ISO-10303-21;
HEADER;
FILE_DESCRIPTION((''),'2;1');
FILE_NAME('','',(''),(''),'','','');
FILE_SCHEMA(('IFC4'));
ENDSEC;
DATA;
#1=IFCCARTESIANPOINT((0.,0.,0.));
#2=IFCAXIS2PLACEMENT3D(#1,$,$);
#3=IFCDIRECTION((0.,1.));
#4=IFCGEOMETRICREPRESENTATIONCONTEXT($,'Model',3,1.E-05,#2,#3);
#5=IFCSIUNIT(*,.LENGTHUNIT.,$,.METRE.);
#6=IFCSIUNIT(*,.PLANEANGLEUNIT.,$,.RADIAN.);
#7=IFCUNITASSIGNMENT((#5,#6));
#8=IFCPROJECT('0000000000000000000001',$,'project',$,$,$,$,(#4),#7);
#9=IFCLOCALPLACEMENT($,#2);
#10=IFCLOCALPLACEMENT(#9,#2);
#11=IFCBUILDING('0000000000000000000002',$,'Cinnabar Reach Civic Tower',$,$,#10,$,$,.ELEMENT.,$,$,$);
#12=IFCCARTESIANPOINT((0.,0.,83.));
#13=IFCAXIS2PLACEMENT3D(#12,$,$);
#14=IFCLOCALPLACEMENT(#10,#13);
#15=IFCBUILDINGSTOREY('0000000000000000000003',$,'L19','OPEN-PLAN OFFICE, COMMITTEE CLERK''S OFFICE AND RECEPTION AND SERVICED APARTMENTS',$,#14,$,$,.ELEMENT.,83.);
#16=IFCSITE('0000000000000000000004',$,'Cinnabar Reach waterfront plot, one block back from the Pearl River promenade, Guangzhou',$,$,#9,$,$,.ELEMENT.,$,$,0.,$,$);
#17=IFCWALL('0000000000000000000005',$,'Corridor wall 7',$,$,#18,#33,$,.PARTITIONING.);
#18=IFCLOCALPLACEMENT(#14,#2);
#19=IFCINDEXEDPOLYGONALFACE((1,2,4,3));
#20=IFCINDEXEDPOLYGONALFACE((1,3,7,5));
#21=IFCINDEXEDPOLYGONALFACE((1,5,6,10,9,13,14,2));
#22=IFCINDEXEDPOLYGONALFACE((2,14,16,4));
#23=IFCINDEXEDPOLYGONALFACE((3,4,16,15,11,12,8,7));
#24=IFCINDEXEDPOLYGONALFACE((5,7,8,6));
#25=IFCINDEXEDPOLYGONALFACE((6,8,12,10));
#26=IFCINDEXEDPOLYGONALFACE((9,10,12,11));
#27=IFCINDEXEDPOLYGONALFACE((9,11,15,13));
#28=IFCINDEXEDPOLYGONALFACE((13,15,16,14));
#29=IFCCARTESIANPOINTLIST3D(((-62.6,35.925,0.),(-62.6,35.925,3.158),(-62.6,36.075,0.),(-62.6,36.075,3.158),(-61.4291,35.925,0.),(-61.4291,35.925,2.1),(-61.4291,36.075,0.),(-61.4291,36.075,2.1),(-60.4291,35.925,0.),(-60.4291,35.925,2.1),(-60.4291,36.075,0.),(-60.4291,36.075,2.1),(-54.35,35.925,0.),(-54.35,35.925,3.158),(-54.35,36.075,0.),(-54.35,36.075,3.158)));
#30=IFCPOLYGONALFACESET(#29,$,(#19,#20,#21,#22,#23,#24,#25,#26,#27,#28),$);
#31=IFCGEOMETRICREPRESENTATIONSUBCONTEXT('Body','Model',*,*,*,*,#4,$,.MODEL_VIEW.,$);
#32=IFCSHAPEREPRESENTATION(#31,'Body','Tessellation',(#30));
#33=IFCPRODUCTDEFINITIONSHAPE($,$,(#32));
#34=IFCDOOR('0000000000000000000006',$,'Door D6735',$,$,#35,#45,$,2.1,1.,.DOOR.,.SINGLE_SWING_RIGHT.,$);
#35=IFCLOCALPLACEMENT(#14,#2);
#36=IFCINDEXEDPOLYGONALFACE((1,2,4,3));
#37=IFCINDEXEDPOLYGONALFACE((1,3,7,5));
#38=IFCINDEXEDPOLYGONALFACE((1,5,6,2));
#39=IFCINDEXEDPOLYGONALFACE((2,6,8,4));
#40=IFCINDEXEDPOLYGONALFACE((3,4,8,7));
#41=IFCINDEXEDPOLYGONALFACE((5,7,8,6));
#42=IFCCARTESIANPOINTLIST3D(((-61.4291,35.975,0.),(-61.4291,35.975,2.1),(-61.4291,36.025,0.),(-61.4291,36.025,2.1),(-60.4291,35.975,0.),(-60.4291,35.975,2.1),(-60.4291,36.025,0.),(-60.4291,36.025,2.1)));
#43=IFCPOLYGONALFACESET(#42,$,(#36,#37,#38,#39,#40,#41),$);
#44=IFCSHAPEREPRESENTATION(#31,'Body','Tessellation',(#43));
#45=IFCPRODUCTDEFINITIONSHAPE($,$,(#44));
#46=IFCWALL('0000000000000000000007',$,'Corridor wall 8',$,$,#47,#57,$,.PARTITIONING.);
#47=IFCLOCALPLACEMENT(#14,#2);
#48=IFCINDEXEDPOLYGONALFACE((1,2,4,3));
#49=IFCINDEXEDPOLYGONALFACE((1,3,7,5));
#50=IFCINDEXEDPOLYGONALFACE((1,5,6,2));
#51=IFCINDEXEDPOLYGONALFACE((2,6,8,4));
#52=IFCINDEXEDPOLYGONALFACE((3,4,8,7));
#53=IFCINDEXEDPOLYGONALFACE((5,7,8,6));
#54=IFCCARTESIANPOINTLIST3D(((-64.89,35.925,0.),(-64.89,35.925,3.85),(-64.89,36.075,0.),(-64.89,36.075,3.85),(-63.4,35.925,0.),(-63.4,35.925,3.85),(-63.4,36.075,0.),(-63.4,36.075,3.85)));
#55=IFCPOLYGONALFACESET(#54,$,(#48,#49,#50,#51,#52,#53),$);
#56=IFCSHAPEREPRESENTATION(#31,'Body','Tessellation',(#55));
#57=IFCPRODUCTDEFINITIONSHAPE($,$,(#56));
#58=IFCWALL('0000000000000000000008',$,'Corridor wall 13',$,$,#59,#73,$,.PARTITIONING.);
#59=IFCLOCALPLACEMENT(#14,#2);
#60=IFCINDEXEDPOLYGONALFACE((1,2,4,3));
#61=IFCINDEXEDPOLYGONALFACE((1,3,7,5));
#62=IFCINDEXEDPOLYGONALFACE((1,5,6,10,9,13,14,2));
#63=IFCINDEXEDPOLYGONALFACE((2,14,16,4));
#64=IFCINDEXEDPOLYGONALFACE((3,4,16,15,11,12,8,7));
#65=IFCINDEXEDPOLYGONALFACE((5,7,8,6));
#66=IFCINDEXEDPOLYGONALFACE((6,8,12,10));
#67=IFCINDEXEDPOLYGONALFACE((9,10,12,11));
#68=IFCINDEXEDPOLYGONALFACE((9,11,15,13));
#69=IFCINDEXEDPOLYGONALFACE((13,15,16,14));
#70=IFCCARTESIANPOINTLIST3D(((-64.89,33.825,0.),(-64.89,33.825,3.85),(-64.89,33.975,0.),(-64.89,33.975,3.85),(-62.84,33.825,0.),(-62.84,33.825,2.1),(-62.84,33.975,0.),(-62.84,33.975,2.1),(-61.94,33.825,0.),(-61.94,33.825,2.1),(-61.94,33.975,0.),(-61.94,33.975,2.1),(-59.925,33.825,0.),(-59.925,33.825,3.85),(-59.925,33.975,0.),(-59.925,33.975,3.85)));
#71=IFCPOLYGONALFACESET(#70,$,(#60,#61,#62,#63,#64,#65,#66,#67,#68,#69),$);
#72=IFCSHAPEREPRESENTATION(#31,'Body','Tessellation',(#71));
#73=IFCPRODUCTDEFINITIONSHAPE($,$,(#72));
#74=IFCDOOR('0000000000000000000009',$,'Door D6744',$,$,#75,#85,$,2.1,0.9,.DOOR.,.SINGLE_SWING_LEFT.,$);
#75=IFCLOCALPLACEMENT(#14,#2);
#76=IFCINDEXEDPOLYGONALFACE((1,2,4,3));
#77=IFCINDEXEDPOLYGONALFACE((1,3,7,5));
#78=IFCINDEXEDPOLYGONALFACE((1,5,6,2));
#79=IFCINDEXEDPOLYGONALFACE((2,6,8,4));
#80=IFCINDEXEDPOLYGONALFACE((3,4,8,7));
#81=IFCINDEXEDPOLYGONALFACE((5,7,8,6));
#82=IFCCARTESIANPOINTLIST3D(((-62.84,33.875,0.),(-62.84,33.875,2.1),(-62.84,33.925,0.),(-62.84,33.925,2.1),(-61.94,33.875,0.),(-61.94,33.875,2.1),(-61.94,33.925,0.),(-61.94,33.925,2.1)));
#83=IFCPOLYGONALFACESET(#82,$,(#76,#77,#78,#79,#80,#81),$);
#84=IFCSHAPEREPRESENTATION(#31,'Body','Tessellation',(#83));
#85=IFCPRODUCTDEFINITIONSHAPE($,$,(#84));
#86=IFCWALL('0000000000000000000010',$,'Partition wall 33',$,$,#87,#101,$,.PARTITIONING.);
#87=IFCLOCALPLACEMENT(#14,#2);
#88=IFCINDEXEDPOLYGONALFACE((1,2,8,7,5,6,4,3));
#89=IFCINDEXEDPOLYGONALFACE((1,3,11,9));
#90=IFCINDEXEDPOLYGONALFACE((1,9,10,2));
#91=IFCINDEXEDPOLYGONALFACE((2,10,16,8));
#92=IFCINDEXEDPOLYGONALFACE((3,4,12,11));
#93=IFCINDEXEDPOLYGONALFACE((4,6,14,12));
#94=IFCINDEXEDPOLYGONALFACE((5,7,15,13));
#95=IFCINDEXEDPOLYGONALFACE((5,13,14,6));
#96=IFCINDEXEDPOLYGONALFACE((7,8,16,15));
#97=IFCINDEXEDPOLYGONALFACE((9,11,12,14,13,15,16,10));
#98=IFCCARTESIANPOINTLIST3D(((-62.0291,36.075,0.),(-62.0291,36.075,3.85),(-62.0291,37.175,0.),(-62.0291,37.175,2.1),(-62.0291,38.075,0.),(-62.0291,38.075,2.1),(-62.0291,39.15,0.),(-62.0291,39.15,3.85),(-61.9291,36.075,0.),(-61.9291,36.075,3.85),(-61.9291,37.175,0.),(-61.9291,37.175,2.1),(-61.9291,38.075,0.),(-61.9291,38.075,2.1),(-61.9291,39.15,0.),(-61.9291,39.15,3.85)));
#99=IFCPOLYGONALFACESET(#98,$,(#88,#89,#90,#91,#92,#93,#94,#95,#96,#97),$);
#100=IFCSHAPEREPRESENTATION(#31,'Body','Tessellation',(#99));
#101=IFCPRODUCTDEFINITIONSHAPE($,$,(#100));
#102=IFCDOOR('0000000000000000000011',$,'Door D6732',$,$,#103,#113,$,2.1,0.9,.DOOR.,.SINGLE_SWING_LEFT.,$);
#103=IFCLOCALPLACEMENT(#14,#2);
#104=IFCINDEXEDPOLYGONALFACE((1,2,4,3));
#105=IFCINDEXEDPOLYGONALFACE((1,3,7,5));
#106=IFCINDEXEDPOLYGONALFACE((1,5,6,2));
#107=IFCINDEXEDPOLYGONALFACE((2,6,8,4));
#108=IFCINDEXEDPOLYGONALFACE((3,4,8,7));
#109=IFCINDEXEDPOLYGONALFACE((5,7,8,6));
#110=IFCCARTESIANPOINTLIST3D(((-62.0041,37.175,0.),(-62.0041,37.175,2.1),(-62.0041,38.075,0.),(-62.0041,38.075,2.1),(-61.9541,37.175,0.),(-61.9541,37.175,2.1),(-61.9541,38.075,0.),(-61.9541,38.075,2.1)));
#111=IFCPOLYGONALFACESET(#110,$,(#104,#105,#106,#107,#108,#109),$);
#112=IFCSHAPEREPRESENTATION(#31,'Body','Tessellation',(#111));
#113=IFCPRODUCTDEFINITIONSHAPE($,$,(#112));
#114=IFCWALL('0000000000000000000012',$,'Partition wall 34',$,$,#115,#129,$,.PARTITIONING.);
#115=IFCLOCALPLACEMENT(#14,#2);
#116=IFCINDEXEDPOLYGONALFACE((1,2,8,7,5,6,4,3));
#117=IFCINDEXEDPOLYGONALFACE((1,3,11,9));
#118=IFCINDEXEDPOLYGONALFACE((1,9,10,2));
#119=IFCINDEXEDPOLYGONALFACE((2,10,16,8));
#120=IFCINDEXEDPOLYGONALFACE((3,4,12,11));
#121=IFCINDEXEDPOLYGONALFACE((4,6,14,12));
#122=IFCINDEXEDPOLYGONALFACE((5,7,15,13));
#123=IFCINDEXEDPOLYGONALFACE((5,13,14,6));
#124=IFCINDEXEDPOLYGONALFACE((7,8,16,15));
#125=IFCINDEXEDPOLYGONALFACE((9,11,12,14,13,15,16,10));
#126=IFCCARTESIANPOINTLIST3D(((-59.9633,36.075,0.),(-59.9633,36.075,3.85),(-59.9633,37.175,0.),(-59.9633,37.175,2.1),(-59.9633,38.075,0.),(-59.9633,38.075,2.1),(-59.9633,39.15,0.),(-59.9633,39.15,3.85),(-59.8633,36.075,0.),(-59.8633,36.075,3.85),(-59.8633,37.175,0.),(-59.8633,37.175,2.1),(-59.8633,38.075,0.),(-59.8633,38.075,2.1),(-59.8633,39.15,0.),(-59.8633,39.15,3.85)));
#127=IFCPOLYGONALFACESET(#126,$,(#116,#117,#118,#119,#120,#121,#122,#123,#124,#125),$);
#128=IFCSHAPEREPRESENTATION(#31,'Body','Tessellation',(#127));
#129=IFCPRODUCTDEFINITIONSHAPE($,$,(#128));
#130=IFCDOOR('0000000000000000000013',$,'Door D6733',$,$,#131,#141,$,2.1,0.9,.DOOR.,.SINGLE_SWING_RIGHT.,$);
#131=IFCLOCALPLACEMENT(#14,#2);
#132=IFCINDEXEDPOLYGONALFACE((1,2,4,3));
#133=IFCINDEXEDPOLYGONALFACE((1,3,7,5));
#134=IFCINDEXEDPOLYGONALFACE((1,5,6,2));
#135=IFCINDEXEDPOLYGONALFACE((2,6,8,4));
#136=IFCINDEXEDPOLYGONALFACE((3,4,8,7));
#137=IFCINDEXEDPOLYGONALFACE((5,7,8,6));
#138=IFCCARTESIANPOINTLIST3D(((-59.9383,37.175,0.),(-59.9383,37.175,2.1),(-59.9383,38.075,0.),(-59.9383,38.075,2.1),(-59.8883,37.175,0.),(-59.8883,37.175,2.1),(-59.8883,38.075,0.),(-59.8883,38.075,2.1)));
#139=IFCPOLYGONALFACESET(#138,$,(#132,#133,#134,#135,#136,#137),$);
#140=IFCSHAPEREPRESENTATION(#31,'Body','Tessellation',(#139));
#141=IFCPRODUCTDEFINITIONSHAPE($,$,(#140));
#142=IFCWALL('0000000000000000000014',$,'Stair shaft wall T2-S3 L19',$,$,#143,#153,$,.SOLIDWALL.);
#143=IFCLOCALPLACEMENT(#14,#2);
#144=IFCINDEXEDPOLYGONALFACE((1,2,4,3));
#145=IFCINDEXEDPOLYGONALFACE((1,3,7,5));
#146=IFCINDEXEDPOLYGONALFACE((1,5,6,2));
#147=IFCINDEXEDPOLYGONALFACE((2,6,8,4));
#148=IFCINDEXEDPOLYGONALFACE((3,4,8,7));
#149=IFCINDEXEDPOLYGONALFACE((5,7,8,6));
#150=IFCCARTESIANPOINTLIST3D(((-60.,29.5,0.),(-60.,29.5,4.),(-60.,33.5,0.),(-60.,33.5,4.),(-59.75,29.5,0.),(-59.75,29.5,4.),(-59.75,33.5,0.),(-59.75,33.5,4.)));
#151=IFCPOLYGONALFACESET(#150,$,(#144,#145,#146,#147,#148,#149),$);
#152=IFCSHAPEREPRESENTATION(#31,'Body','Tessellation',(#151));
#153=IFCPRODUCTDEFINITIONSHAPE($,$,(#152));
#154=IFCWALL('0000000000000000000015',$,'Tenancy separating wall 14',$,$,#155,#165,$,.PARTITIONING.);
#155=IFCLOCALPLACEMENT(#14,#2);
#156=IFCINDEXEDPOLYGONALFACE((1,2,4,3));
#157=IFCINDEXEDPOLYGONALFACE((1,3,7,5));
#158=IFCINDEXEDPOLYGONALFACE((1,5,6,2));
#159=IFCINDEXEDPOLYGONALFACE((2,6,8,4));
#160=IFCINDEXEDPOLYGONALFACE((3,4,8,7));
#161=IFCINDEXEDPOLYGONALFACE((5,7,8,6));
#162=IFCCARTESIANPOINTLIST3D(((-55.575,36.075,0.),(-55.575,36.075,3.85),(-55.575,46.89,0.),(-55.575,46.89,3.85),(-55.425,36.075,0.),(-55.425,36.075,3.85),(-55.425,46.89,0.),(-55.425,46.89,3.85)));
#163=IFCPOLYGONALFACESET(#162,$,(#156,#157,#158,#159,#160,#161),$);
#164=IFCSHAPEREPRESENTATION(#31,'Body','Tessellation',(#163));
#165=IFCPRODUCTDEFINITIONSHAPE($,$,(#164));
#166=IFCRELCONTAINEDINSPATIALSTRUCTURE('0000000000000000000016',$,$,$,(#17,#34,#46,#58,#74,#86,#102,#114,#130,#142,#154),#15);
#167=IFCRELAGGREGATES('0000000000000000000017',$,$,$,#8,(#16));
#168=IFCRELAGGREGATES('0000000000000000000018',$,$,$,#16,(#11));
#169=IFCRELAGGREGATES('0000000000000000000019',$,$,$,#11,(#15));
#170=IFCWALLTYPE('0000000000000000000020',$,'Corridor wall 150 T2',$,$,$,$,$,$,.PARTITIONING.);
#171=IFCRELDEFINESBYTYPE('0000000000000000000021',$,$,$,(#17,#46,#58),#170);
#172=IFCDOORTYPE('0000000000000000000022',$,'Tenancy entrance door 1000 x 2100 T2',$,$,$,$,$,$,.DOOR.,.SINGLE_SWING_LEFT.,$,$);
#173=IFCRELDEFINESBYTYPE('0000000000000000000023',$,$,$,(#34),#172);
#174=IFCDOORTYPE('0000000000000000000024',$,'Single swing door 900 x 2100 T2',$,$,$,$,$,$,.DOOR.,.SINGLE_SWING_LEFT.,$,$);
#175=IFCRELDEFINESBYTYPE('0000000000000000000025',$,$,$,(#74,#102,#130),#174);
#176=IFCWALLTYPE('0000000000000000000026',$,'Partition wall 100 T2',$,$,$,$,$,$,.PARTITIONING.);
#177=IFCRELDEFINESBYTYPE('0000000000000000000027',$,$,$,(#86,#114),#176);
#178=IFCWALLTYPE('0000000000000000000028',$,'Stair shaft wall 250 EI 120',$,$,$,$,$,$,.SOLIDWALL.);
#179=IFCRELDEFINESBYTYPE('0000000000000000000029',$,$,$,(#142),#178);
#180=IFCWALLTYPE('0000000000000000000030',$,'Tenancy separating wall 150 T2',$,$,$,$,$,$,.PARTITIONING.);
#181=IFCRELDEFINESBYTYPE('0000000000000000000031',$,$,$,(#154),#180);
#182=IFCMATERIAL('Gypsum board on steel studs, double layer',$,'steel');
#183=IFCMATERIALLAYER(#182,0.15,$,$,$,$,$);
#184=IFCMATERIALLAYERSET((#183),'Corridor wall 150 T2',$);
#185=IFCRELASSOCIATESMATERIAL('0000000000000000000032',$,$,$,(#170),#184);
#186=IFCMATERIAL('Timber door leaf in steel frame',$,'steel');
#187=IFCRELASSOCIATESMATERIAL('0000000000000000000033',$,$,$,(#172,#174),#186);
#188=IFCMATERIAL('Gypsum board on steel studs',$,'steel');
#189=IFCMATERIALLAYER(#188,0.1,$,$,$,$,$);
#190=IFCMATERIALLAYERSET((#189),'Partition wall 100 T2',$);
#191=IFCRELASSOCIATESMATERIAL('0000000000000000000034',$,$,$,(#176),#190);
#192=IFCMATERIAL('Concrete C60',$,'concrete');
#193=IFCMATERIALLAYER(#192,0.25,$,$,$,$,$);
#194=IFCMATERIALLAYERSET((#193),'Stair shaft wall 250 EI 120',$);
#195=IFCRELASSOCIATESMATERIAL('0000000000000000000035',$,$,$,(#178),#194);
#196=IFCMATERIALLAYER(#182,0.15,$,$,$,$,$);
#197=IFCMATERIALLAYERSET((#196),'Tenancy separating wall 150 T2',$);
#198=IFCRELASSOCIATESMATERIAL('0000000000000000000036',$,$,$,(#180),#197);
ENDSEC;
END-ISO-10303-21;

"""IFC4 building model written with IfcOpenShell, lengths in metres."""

from ifc_helpers import new_model, si_unit, direction, frame, frame_2d, origin, place, context, subcontext, project, spatial, rectangle, extrude, material, layer, layer_set, type_object, element, fill, save


model = new_model("IFC4")

# Units and contexts
model_context = context("Model", 3, precision=1e-05, world=origin(), true_north=direction((0.0, 1.0)))
body_context = subcontext(model_context, "Body", "Model", "MODEL_VIEW")
ifc_project = project(units=[si_unit("LENGTHUNIT", "METRE"), si_unit("PLANEANGLEUNIT", "RADIAN")], contexts=[model_context])

# Site, building, storey
site_placement = place(None, origin())
site = spatial("IfcSite", under=ifc_project, at=site_placement, Name="Cinnabar Reach waterfront plot, one block back from the Pearl River promenade, Guangzhou", CompositionType="ELEMENT", RefElevation=0.0)
building_placement = place(site_placement, origin())
building = spatial("IfcBuilding", under=site, at=building_placement, Name="Cinnabar Reach Civic Tower", CompositionType="ELEMENT")
storey_placement = place(building_placement, frame((0.0, 0.0, 83.0)))
storey = spatial("IfcBuildingStorey", under=building, at=storey_placement, Name="L19", Description="OPEN-PLAN OFFICE, COMMITTEE CLERK'S OFFICE AND RECEPTION AND SERVICED APARTMENTS", CompositionType="ELEMENT", Elevation=83.0)

# Shared definitions
ifc_material_1 = material(Name="Concrete C60", Category="concrete")

# Wall, opening, door
ifc_material_2 = material(Name="Gypsum board on steel studs, double layer", Category="steel")
ifc_layer_1 = layer(ifc_material_2, 0.15)
ifc_layer_set_1 = layer_set([ifc_layer_1], Name="Corridor wall 150 T2")
wall_type_1 = type_object("IfcWallType", Name="Corridor wall 150 T2", PredefinedType="PARTITIONING", material=ifc_layer_set_1)
wall_1_placement = place(storey_placement, frame((-62.6, 36.0, 0.0), z_axis=(0.0, 0.0, 1.0), x_axis=(1.0, 0.0, 0.0)))
wall_1 = element("IfcWall", 1, at=wall_1_placement, inside=storey, type_object=wall_type_1, Name="Corridor wall 7", PredefinedType="PARTITIONING", context=body_context, shape_type="SweptSolid", body=[
    extrude(rectangle(XDim=8.25, YDim=0.15, at=frame_2d((4.125, 0.0))), origin(), (0.0, 0.0, 1.0), 3.158),
])
opening_1_placement = place(wall_1_placement, frame((1.1709, 0.0, 0.0)))
opening_1 = element("IfcOpeningElement", 2, at=opening_1_placement, cuts=wall_1, PredefinedType="OPENING", context=body_context, shape_type="SweptSolid", body=[
    extrude(rectangle(XDim=1.0, YDim=2.1, at=frame_2d((0.5, 1.05))), frame((0.0, 0.085, 0.0), z_axis=(0.0, -1.0, 0.0), x_axis=(1.0, 0.0, 0.0)), (0.0, 0.0, 1.0), 0.17),
])
ifc_material_3 = material(Name="Timber door leaf in steel frame", Category="steel")
door_type_1 = type_object("IfcDoorType", Name="Tenancy entrance door 1000 x 2100 T2", OperationType="SINGLE_SWING_LEFT", PredefinedType="DOOR", material=ifc_material_3)
door_1_placement = place(opening_1_placement, origin())
door_1 = element("IfcDoor", 3, at=door_1_placement, inside=storey, type_object=door_type_1, Name="Door D6735", OperationType="SINGLE_SWING_RIGHT", OverallHeight=2.1, OverallWidth=1.0, PredefinedType="DOOR", context=body_context, shape_type="SweptSolid", body=[
    extrude(rectangle(XDim=1.0, YDim=2.1, at=frame_2d((0.5, 1.05))), frame((0.0, 0.025, 0.0), z_axis=(0.0, -1.0, 0.0), x_axis=(1.0, 0.0, 0.0)), (0.0, 0.0, 1.0), 0.05),
])
fill(opening_1, door_1)

# Wall
wall_2_placement = place(storey_placement, frame((-64.89, 36.0, 0.0), z_axis=(0.0, 0.0, 1.0), x_axis=(1.0, 0.0, 0.0)))
element("IfcWall", 4, at=wall_2_placement, inside=storey, type_object=wall_type_1, Name="Corridor wall 8", PredefinedType="PARTITIONING", context=body_context, shape_type="SweptSolid", body=[
    extrude(rectangle(XDim=1.49, YDim=0.15, at=frame_2d((0.745, 0.0))), origin(), (0.0, 0.0, 1.0), 3.85),
])

# Walls, openings, doors
wall_3_placement = place(storey_placement, frame((-64.89, 33.9, 0.0), z_axis=(0.0, 0.0, 1.0), x_axis=(1.0, 0.0, 0.0)))
wall_3 = element("IfcWall", 5, at=wall_3_placement, inside=storey, type_object=wall_type_1, Name="Corridor wall 13", PredefinedType="PARTITIONING", context=body_context, shape_type="SweptSolid", body=[
    extrude(rectangle(XDim=4.965, YDim=0.15, at=frame_2d((2.4825, 0.0))), origin(), (0.0, 0.0, 1.0), 3.85),
])
opening_2_placement = place(wall_3_placement, frame((2.05, 0.0, 0.0)))
opening_2 = element("IfcOpeningElement", 6, at=opening_2_placement, cuts=wall_3, PredefinedType="OPENING", context=body_context, shape_type="SweptSolid", body=[
    extrude(rectangle(XDim=0.9, YDim=2.1, at=frame_2d((0.45, 1.05))), frame((0.0, 0.085, 0.0), z_axis=(0.0, -1.0, 0.0), x_axis=(1.0, 0.0, 0.0)), (0.0, 0.0, 1.0), 0.17),
])
door_type_2 = type_object("IfcDoorType", Name="Single swing door 900 x 2100 T2", OperationType="SINGLE_SWING_LEFT", PredefinedType="DOOR", material=ifc_material_3)
door_2_placement = place(opening_2_placement, frame((0.9, 0.0, 0.0), z_axis=(0.0, 0.0, 1.0), x_axis=(-1.0, 0.0, 0.0)))
door_2 = element("IfcDoor", 7, at=door_2_placement, inside=storey, type_object=door_type_2, Name="Door D6744", OperationType="SINGLE_SWING_LEFT", OverallHeight=2.1, OverallWidth=0.9, PredefinedType="DOOR", context=body_context, shape_type="SweptSolid", body=[
    extrude(rectangle(XDim=0.9, YDim=2.1, at=frame_2d((0.45, 1.05))), frame((0.0, 0.025, 0.0), z_axis=(0.0, -1.0, 0.0), x_axis=(1.0, 0.0, 0.0)), (0.0, 0.0, 1.0), 0.05),
])
fill(opening_2, door_2)
ifc_material_4 = material(Name="Gypsum board on steel studs", Category="steel")
ifc_layer_2 = layer(ifc_material_4, 0.1)
ifc_layer_set_2 = layer_set([ifc_layer_2], Name="Partition wall 100 T2")
wall_type_2 = type_object("IfcWallType", Name="Partition wall 100 T2", PredefinedType="PARTITIONING", material=ifc_layer_set_2)
wall_4_placement = place(storey_placement, frame((-61.9791, 36.075, 0.0), z_axis=(0.0, 0.0, 1.0), x_axis=(0.0, 1.0, 0.0)))
wall_4 = element("IfcWall", 8, at=wall_4_placement, inside=storey, type_object=wall_type_2, Name="Partition wall 33", PredefinedType="PARTITIONING", context=body_context, shape_type="SweptSolid", body=[
    extrude(rectangle(XDim=3.075, YDim=0.1, at=frame_2d((1.5375, 0.0))), origin(), (0.0, 0.0, 1.0), 3.85),
])
opening_3_placement = place(wall_4_placement, frame((1.1, 0.0, 0.0)))
opening_3 = element("IfcOpeningElement", 9, at=opening_3_placement, cuts=wall_4, PredefinedType="OPENING", context=body_context, shape_type="SweptSolid", body=[
    extrude(rectangle(XDim=0.9, YDim=2.1, at=frame_2d((0.45, 1.05))), frame((0.0, 0.06, 0.0), z_axis=(0.0, -1.0, 0.0), x_axis=(1.0, 0.0, 0.0)), (0.0, 0.0, 1.0), 0.12),
])
door_3_placement = place(opening_3_placement, origin())
door_3 = element("IfcDoor", 10, at=door_3_placement, inside=storey, type_object=door_type_2, Name="Door D6732", OperationType="SINGLE_SWING_LEFT", OverallHeight=2.1, OverallWidth=0.9, PredefinedType="DOOR", context=body_context, shape_type="SweptSolid", body=[
    extrude(rectangle(XDim=0.9, YDim=2.1, at=frame_2d((0.45, 1.05))), frame((0.0, 0.025, 0.0), z_axis=(0.0, -1.0, 0.0), x_axis=(1.0, 0.0, 0.0)), (0.0, 0.0, 1.0), 0.05),
])
fill(opening_3, door_3)
wall_5_placement = place(storey_placement, frame((-59.9133, 36.075, 0.0), z_axis=(0.0, 0.0, 1.0), x_axis=(0.0, 1.0, 0.0)))
wall_5 = element("IfcWall", 11, at=wall_5_placement, inside=storey, type_object=wall_type_2, Name="Partition wall 34", PredefinedType="PARTITIONING", context=body_context, shape_type="SweptSolid", body=[
    extrude(rectangle(XDim=3.075, YDim=0.1, at=frame_2d((1.5375, 0.0))), origin(), (0.0, 0.0, 1.0), 3.85),
])
opening_4_placement = place(wall_5_placement, frame((1.1, 0.0, 0.0)))
opening_4 = element("IfcOpeningElement", 12, at=opening_4_placement, cuts=wall_5, PredefinedType="OPENING", context=body_context, shape_type="SweptSolid", body=[
    extrude(rectangle(XDim=0.9, YDim=2.1, at=frame_2d((0.45, 1.05))), frame((0.0, 0.06, 0.0), z_axis=(0.0, -1.0, 0.0), x_axis=(1.0, 0.0, 0.0)), (0.0, 0.0, 1.0), 0.12),
])
door_4_placement = place(opening_4_placement, origin())
door_4 = element("IfcDoor", 13, at=door_4_placement, inside=storey, type_object=door_type_2, Name="Door D6733", OperationType="SINGLE_SWING_RIGHT", OverallHeight=2.1, OverallWidth=0.9, PredefinedType="DOOR", context=body_context, shape_type="SweptSolid", body=[
    extrude(rectangle(XDim=0.9, YDim=2.1, at=frame_2d((0.45, 1.05))), frame((0.0, 0.025, 0.0), z_axis=(0.0, -1.0, 0.0), x_axis=(1.0, 0.0, 0.0)), (0.0, 0.0, 1.0), 0.05),
])
fill(opening_4, door_4)

# Walls
ifc_layer_3 = layer(ifc_material_1, 0.25)
ifc_layer_set_3 = layer_set([ifc_layer_3], Name="Stair shaft wall 250 EI 120")
wall_type_3 = type_object("IfcWallType", Name="Stair shaft wall 250 EI 120", PredefinedType="SOLIDWALL", material=ifc_layer_set_3)
wall_6_placement = place(storey_placement, frame((-59.875, 33.5, 0.0), z_axis=(0.0, 0.0, 1.0), x_axis=(0.0, -1.0, 0.0)))
element("IfcWall", 14, at=wall_6_placement, inside=storey, type_object=wall_type_3, Name="Stair shaft wall T2-S3 L19", PredefinedType="SOLIDWALL", context=body_context, shape_type="SweptSolid", body=[
    extrude(rectangle(XDim=4.0, YDim=0.25, at=frame_2d((2.0, 0.0))), origin(), (0.0, 0.0, 1.0), 4.0),
])
ifc_layer_4 = layer(ifc_material_2, 0.15)
ifc_layer_set_4 = layer_set([ifc_layer_4], Name="Tenancy separating wall 150 T2")
wall_type_4 = type_object("IfcWallType", Name="Tenancy separating wall 150 T2", PredefinedType="PARTITIONING", material=ifc_layer_set_4)
wall_7_placement = place(storey_placement, frame((-55.5, 36.075, 0.0), z_axis=(0.0, 0.0, 1.0), x_axis=(0.0, 1.0, 0.0)))
element("IfcWall", 15, at=wall_7_placement, inside=storey, type_object=wall_type_4, Name="Tenancy separating wall 14", PredefinedType="PARTITIONING", context=body_context, shape_type="SweptSolid", body=[
    extrude(rectangle(XDim=10.815, YDim=0.15, at=frame_2d((5.4075, 0.0))), origin(), (0.0, 0.0, 1.0), 3.85),
])

save(model, "model.ifc")
